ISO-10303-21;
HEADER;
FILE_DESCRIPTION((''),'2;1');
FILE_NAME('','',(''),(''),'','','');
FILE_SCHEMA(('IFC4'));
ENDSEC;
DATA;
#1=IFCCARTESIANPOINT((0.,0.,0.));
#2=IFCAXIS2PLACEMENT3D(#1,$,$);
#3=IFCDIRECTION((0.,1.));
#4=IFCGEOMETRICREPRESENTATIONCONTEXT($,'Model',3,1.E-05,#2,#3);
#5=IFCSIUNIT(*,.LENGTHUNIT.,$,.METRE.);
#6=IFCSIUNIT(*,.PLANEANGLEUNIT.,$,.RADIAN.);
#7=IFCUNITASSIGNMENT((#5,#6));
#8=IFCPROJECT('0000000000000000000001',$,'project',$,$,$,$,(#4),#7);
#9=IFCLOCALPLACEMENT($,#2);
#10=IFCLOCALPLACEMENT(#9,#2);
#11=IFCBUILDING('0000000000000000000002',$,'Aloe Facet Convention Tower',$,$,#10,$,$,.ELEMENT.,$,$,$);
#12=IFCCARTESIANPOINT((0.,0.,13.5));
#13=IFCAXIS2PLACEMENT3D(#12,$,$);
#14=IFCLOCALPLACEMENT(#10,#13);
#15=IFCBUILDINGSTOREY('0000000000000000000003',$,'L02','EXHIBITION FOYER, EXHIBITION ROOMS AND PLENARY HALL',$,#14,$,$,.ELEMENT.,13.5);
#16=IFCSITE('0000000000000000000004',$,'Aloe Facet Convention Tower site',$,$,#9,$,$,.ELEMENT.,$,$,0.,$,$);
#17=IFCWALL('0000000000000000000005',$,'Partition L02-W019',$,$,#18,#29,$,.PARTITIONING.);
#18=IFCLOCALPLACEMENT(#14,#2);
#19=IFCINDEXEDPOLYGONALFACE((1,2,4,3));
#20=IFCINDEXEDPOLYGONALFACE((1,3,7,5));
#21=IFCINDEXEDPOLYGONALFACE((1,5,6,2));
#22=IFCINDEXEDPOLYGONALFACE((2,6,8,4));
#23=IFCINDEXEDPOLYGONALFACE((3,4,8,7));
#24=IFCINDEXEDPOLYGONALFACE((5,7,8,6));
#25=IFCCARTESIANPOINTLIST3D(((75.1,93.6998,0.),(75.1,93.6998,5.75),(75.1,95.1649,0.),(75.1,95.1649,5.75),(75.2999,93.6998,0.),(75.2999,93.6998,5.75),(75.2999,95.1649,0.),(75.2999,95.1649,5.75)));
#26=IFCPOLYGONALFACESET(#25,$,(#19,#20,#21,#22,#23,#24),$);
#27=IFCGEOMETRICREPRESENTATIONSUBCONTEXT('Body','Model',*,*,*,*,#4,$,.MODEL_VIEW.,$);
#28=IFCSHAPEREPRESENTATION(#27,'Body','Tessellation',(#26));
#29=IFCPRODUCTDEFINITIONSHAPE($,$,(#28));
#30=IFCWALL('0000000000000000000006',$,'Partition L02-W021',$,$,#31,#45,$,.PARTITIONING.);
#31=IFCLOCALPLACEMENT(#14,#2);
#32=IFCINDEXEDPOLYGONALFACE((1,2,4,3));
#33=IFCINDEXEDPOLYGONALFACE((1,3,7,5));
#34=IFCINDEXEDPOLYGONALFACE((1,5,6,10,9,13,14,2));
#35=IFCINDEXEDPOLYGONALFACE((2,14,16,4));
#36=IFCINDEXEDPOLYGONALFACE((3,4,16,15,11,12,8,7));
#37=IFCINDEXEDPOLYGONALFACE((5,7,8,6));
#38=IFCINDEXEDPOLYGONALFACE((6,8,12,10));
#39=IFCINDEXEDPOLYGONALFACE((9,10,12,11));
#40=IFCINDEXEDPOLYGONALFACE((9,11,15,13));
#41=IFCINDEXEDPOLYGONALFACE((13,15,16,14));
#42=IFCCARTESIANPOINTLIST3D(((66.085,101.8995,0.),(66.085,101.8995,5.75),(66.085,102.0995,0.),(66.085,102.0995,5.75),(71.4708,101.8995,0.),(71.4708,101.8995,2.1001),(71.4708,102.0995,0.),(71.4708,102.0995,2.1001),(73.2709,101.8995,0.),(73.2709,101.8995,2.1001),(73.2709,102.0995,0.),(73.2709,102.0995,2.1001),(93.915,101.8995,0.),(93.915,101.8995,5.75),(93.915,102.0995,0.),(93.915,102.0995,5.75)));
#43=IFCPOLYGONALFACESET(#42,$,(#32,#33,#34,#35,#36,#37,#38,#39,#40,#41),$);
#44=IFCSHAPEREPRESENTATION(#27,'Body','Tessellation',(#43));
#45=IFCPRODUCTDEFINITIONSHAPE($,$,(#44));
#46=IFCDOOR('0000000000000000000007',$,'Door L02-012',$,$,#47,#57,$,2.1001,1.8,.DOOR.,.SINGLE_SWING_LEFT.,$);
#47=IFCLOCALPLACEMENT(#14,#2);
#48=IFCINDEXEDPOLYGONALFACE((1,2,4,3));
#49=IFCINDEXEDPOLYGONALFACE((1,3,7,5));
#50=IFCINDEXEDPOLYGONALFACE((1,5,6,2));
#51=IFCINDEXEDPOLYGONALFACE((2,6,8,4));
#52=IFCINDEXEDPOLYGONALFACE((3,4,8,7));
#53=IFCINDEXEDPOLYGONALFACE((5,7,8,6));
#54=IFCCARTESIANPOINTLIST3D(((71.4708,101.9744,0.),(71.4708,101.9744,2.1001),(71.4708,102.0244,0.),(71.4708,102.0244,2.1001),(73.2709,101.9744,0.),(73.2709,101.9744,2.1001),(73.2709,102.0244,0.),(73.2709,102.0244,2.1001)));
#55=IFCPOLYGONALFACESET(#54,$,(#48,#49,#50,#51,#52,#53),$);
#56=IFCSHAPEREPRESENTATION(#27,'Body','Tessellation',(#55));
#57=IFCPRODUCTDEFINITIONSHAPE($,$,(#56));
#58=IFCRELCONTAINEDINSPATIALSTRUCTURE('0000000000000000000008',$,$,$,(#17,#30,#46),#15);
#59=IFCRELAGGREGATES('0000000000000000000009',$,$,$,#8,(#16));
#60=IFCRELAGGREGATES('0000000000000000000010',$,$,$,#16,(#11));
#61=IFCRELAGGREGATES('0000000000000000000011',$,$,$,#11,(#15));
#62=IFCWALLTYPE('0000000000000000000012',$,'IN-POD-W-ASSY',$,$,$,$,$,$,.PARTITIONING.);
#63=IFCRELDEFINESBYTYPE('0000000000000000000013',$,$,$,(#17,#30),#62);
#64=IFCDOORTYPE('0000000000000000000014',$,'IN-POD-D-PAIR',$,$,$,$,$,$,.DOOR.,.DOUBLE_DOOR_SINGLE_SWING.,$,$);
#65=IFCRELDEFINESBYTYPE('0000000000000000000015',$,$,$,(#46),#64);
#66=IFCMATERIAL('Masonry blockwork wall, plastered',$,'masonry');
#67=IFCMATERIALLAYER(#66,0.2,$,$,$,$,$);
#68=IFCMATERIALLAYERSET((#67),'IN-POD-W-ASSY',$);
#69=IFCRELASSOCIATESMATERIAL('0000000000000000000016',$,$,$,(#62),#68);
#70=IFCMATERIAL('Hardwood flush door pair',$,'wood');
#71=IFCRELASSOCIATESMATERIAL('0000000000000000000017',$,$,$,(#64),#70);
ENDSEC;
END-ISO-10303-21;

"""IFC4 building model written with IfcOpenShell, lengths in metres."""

from ifc_helpers import new_model, si_unit, direction, frame, frame_2d, origin, place, context, subcontext, project, spatial, rectangle, extrude, material, layer, layer_set, type_object, element, fill, save


model = new_model("IFC4")

# Units and contexts
model_context = context("Model", 3, precision=1e-05, world=origin(), true_north=direction((0.0, 1.0)))
body_context = subcontext(model_context, "Body", "Model", "MODEL_VIEW")
ifc_project = project(units=[si_unit("LENGTHUNIT", "METRE"), si_unit("PLANEANGLEUNIT", "RADIAN")], contexts=[model_context])

# Site, building, storey
site_placement = place(None, origin())
site = spatial("IfcSite", under=ifc_project, at=site_placement, Name="Aloe Facet Convention Tower site", CompositionType="ELEMENT", RefElevation=0.0)
building_placement = place(site_placement, origin())
building = spatial("IfcBuilding", under=site, at=building_placement, Name="Aloe Facet Convention Tower", CompositionType="ELEMENT")
storey_placement = place(building_placement, frame((0.0, 0.0, 13.5)))
storey = spatial("IfcBuildingStorey", under=building, at=storey_placement, Name="L02", Description="EXHIBITION FOYER, EXHIBITION ROOMS AND PLENARY HALL", CompositionType="ELEMENT", Elevation=13.5)

# Shared definitions
ifc_material_1 = material(Name="Masonry blockwork wall, plastered", Category="masonry")
ifc_layer_1 = layer(ifc_material_1, 0.2)
ifc_layer_set_1 = layer_set([ifc_layer_1], Name="IN-POD-W-ASSY")
wall_type_1 = type_object("IfcWallType", Name="IN-POD-W-ASSY", PredefinedType="PARTITIONING", material=ifc_layer_set_1)

# Shared definitions
ifc_material_2 = material(Name="Hardwood flush door pair", Category="wood")
door_type_1 = type_object("IfcDoorType", Name="IN-POD-D-PAIR", OperationType="DOUBLE_DOOR_SINGLE_SWING", PredefinedType="DOOR", material=ifc_material_2)

# Wall
wall_1_placement = place(storey_placement, frame((75.2, 93.7, 0.0), z_axis=(0.0, 0.0, 1.0), x_axis=(0.0, 1.0, 0.0)))
element("IfcWall", 1, at=wall_1_placement, inside=storey, type_object=wall_type_1, Name="Partition L02-W019", PredefinedType="PARTITIONING", context=body_context, shape_type="SweptSolid", body=[
    extrude(rectangle(XDim=1.4651, YDim=0.2, at=frame_2d((0.7324, 0.0))), origin(), (0.0, 0.0, 1.0), 5.75),
])

# Wall, opening, door
wall_2_placement = place(storey_placement, frame((66.085, 101.9995, 0.0), z_axis=(0.0, 0.0, 1.0), x_axis=(1.0, 0.0, 0.0)))
wall_2 = element("IfcWall", 2, at=wall_2_placement, inside=storey, type_object=wall_type_1, Name="Partition L02-W021", PredefinedType="PARTITIONING", context=body_context, shape_type="SweptSolid", body=[
    extrude(rectangle(XDim=27.8301, YDim=0.2, at=frame_2d((13.915, 0.0))), origin(), (0.0, 0.0, 1.0), 5.75),
])
opening_1_placement = place(wall_2_placement, frame((5.386, 0.0, 0.0)))
opening_1 = element("IfcOpeningElement", 3, at=opening_1_placement, cuts=wall_2, PredefinedType="OPENING", context=body_context, shape_type="SweptSolid", body=[
    extrude(rectangle(XDim=1.8, YDim=2.1001, at=frame_2d((0.8999, 1.05))), frame((0.0, 0.1099, 0.0), z_axis=(0.0, -1.0, 0.0), x_axis=(1.0, 0.0, 0.0)), (0.0, 0.0, 1.0), 0.22),
])
door_1_placement = place(opening_1_placement, origin())
door_1 = element("IfcDoor", 4, at=door_1_placement, inside=storey, type_object=door_type_1, Name="Door L02-012", OperationType="SINGLE_SWING_LEFT", OverallHeight=2.1001, OverallWidth=1.8, PredefinedType="DOOR", context=body_context, shape_type="SweptSolid", body=[
    extrude(rectangle(XDim=1.8, YDim=2.1001, at=frame_2d((0.8999, 1.05))), frame((0.0, 0.0249, 0.0), z_axis=(0.0, -1.0, 0.0), x_axis=(1.0, 0.0, 0.0)), (0.0, 0.0, 1.0), 0.05),
])
fill(opening_1, door_1)

save(model, "model.ifc")
